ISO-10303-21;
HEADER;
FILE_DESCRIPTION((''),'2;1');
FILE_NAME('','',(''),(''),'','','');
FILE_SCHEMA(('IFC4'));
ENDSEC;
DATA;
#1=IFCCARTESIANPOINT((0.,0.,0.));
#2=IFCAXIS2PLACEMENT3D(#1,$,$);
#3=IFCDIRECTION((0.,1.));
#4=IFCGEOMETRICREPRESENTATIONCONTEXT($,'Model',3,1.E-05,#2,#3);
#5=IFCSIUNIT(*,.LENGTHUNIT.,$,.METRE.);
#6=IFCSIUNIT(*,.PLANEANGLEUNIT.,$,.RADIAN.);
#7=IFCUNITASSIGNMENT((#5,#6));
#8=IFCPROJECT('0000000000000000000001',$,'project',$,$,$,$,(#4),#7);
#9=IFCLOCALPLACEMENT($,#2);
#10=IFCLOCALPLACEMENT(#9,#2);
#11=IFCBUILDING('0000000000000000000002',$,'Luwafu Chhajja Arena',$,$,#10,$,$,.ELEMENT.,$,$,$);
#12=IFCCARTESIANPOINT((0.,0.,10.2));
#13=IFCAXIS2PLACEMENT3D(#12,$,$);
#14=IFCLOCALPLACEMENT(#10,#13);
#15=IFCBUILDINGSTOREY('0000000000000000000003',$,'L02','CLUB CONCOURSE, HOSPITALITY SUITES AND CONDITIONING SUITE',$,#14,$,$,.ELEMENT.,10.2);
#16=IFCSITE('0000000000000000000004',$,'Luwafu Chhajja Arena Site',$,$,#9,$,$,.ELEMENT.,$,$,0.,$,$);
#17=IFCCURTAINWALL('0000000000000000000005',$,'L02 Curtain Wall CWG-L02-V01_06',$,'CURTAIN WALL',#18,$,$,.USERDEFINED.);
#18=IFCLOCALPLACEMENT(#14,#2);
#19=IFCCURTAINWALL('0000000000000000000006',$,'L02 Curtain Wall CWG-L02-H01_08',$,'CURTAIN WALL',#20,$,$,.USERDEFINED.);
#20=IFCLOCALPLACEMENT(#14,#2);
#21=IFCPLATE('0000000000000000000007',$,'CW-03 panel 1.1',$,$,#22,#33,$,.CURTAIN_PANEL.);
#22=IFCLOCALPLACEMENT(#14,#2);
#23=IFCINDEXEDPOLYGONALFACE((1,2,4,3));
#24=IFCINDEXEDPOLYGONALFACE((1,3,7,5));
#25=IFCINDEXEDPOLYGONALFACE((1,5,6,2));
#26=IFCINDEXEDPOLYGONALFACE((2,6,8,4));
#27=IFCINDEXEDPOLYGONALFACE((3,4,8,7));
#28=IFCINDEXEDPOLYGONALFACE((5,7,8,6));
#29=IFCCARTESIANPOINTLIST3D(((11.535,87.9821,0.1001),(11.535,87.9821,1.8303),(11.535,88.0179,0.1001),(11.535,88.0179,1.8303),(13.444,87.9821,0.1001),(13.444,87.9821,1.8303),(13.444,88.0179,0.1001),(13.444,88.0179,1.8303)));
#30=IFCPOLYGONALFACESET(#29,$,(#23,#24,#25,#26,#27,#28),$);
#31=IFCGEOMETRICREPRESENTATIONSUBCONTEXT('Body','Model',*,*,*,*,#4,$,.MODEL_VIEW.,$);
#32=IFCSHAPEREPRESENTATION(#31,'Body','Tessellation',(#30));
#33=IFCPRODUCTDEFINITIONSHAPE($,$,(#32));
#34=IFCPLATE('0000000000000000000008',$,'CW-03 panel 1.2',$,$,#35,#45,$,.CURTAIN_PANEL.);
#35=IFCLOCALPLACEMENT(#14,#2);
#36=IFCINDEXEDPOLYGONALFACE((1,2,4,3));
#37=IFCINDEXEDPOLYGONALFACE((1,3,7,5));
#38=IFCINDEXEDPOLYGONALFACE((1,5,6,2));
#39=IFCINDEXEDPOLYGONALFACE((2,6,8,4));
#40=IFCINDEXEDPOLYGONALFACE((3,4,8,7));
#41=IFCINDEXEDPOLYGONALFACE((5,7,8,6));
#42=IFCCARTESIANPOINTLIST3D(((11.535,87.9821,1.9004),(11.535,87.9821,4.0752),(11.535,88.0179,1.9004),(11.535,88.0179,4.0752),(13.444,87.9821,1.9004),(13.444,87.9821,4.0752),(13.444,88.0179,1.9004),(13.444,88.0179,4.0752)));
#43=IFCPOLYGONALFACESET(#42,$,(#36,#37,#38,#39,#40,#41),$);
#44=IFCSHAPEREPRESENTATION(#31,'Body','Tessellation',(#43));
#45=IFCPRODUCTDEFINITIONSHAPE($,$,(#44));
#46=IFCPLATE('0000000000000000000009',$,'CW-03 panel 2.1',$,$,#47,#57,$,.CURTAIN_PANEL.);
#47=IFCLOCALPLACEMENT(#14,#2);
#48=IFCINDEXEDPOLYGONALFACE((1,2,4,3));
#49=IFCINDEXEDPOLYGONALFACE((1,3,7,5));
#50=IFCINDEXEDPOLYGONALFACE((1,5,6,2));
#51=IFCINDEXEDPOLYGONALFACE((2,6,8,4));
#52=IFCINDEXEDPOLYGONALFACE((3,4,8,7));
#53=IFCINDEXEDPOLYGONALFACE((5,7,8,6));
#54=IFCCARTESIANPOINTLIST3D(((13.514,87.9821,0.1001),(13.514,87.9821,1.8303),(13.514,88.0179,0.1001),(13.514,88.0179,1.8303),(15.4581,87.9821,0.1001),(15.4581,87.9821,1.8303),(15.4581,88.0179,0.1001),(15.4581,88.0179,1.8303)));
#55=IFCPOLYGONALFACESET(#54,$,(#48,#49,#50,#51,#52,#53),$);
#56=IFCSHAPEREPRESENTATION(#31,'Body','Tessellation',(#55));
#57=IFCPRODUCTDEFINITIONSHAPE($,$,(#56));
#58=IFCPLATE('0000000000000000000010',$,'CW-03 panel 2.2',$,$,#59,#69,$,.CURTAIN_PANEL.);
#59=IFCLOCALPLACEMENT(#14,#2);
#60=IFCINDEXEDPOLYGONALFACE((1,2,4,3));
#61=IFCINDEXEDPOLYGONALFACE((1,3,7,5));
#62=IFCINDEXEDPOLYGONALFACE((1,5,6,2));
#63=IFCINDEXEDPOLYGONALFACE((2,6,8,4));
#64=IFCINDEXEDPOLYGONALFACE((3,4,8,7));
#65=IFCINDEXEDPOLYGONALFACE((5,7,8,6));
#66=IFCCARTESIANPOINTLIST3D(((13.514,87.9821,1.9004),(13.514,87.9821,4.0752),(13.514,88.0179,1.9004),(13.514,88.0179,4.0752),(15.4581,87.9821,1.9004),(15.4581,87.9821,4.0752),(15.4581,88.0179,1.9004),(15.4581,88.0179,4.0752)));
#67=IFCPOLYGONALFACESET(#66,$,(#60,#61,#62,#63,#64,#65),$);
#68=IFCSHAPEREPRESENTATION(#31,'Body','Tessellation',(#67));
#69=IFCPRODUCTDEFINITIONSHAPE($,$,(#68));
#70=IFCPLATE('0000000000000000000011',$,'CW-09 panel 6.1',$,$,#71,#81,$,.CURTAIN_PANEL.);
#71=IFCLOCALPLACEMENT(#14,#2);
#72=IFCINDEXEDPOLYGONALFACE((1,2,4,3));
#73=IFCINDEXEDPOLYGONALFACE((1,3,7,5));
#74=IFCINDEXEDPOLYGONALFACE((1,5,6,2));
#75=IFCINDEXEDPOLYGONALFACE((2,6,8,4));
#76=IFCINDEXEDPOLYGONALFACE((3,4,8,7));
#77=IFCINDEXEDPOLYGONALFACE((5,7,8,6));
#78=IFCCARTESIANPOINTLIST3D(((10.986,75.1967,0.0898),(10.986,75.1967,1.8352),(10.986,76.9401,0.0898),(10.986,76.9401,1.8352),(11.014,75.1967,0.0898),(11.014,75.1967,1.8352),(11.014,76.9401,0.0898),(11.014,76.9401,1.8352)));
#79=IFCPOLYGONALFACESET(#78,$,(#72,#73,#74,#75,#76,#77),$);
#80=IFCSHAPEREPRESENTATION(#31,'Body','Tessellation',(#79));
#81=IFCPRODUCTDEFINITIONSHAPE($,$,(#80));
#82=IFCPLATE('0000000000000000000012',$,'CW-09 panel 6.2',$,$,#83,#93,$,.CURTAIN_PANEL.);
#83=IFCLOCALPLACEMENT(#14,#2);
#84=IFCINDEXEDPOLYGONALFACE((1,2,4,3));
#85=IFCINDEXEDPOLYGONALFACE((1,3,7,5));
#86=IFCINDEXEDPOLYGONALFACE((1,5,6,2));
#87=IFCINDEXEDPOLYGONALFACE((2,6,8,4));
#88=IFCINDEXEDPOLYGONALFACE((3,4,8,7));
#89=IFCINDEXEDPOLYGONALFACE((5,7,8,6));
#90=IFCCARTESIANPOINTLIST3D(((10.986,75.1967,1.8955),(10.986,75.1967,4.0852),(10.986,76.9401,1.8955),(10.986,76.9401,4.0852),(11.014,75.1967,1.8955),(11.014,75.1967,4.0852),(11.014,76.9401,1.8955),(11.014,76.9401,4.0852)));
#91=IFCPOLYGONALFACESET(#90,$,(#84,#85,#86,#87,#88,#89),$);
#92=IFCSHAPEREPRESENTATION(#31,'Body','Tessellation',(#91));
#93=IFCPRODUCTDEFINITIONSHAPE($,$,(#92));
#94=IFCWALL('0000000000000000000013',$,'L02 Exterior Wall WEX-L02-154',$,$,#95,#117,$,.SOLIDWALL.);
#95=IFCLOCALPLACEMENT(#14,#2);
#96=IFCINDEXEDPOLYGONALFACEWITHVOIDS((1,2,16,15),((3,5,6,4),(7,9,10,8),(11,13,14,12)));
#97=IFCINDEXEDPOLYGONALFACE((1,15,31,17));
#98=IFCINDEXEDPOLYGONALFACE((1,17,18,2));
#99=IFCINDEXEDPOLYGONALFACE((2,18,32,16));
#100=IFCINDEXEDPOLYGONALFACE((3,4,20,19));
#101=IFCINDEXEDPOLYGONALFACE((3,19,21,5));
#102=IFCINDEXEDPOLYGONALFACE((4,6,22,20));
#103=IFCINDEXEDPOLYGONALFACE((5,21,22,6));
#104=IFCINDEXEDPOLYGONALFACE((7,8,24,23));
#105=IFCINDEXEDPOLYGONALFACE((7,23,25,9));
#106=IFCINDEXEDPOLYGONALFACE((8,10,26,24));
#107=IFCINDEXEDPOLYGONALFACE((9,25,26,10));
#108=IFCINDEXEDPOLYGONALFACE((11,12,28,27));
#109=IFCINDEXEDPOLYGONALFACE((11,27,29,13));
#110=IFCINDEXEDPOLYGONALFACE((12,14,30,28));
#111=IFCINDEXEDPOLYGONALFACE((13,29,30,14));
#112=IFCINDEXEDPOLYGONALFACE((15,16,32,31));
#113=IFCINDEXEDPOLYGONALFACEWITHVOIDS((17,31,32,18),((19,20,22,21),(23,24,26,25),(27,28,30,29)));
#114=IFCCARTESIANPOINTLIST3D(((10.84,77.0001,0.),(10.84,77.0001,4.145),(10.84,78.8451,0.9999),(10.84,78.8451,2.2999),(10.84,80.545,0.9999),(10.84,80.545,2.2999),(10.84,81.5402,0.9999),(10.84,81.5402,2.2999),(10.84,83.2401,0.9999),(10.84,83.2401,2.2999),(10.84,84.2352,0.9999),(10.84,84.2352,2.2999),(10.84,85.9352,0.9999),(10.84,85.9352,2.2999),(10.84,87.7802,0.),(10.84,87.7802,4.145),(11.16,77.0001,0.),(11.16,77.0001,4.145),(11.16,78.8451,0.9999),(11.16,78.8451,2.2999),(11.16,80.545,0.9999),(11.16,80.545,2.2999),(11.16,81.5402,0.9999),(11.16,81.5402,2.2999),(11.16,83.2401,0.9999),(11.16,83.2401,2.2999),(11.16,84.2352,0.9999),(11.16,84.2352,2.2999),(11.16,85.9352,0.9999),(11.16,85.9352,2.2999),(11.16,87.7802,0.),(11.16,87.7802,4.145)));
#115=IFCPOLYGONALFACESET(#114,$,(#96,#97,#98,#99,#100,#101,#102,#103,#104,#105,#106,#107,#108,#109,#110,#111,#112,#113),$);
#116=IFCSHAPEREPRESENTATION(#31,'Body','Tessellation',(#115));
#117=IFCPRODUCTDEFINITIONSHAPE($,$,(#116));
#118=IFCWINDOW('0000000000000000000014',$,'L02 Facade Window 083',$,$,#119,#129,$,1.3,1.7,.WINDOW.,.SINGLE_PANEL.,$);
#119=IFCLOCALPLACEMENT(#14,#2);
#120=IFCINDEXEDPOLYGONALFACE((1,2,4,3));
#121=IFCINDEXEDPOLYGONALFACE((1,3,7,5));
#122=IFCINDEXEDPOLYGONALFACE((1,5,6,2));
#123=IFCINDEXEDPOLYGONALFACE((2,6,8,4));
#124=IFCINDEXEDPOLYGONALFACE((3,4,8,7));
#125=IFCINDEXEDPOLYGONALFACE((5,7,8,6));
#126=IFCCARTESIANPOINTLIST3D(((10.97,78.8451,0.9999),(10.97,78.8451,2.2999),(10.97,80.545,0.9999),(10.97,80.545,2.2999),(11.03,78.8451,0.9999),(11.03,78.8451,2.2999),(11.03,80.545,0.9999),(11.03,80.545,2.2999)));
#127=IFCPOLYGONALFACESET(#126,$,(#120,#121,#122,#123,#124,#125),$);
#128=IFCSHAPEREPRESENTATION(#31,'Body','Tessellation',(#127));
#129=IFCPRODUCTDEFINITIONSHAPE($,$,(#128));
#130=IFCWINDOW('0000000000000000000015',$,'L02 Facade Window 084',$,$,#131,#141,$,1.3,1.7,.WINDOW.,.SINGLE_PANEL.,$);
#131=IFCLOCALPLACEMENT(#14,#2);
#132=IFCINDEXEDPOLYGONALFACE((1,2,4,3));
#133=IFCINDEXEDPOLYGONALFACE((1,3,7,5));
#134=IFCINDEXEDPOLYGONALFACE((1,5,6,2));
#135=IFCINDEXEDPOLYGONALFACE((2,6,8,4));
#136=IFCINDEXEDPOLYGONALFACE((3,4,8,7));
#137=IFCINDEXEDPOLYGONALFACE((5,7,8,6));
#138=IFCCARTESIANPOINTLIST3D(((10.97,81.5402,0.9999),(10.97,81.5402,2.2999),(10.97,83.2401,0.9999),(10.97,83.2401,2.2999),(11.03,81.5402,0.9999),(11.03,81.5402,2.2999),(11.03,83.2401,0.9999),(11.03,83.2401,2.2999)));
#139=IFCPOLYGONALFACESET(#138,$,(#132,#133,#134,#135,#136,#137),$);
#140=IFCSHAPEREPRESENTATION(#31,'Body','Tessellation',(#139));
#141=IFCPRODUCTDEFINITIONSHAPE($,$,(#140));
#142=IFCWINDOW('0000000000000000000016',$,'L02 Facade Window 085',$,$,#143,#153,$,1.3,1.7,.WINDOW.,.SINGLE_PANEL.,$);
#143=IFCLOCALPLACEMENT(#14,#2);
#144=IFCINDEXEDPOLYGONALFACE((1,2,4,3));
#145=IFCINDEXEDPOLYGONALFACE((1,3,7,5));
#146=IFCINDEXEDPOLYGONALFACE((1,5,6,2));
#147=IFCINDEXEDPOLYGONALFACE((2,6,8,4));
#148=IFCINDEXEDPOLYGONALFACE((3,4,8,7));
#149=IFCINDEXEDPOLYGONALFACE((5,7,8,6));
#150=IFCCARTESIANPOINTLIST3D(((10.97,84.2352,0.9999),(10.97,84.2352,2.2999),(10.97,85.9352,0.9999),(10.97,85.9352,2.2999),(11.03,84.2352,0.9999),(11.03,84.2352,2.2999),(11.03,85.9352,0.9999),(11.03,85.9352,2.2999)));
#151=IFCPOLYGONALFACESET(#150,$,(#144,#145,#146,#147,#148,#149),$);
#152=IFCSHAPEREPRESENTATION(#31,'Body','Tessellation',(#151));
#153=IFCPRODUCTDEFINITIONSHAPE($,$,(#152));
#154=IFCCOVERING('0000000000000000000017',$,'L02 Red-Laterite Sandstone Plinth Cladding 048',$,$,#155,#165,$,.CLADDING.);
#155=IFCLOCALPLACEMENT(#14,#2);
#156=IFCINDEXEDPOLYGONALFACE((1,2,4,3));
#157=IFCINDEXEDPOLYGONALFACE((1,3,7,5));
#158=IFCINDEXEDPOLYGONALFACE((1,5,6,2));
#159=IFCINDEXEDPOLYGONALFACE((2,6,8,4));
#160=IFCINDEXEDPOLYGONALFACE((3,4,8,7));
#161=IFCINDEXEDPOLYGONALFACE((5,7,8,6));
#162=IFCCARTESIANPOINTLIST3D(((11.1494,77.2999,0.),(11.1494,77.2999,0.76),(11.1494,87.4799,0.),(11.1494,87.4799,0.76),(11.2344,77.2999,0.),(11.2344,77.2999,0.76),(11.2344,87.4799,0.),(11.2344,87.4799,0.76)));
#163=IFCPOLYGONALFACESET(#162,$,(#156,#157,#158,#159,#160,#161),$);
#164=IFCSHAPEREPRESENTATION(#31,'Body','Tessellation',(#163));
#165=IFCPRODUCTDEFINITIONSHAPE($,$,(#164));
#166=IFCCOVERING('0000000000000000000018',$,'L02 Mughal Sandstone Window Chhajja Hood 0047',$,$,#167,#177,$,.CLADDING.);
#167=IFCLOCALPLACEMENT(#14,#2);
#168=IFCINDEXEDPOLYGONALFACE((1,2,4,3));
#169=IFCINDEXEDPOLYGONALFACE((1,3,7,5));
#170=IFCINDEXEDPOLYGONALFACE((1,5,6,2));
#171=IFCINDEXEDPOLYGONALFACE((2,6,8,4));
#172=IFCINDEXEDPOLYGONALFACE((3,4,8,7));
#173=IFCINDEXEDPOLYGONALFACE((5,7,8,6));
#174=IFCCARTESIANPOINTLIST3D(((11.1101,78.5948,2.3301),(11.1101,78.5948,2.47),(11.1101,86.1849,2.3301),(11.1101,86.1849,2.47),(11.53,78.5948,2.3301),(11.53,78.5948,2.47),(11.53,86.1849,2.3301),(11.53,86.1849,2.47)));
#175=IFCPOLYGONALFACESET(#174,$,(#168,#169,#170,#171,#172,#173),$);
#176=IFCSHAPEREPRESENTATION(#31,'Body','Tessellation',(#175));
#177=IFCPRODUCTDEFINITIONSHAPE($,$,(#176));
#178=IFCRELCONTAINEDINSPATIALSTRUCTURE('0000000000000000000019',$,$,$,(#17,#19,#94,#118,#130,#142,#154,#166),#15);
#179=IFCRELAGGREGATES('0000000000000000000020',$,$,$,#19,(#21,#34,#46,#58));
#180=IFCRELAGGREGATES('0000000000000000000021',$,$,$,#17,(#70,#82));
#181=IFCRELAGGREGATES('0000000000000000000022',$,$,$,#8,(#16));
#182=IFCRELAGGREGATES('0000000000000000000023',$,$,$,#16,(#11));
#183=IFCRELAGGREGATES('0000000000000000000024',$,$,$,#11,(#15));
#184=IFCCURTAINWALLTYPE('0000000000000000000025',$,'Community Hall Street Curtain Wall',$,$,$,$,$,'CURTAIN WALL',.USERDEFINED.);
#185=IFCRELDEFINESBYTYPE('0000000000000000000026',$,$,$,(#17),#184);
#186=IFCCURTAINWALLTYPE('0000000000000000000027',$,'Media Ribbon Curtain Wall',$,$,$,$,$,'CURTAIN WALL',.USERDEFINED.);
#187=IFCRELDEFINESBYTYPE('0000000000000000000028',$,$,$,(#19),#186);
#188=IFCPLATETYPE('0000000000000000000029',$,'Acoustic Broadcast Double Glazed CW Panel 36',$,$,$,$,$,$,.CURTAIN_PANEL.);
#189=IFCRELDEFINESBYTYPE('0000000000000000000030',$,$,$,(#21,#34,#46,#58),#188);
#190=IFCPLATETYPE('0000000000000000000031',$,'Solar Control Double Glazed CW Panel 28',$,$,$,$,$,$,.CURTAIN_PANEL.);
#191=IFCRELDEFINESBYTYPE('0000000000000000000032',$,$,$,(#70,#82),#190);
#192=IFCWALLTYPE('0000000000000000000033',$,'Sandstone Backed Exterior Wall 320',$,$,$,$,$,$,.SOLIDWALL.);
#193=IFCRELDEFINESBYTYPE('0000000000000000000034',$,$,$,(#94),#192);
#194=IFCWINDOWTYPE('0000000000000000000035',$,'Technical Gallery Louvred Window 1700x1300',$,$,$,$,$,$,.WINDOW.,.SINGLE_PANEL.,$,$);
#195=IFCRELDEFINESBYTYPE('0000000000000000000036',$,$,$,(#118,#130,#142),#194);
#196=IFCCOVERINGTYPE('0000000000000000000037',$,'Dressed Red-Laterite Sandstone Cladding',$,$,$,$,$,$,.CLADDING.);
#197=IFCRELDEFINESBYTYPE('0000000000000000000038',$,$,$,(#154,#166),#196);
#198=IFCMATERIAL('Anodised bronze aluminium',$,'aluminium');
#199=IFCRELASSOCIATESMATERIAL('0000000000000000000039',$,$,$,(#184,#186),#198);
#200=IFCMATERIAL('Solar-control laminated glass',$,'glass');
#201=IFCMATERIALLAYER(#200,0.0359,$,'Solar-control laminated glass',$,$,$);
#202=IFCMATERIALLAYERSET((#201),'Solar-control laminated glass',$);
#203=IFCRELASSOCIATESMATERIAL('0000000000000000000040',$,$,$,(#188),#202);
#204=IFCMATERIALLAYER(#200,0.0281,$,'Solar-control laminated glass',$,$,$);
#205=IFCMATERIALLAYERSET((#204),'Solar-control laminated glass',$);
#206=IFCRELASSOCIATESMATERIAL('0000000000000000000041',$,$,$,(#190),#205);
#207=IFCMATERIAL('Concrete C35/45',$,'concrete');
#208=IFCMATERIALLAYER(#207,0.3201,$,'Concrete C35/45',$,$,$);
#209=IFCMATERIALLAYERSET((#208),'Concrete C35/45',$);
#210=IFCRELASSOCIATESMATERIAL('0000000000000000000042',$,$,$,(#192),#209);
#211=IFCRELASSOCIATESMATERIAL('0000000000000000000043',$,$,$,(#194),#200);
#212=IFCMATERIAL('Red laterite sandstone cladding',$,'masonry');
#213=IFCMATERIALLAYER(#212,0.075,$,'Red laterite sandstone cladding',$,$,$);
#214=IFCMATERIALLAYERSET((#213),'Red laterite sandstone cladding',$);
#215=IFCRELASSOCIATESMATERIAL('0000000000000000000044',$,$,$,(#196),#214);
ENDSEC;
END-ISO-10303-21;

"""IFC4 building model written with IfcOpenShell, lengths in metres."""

from ifc_helpers import new_model, si_unit, direction, frame, frame_2d, origin, origin_2d, place, context, subcontext, project, spatial, rectangle, extrude, material, layer, layer_set, type_object, element, fill, aggregate, save


model = new_model("IFC4")

# Units and contexts
model_context = context("Model", 3, precision=1e-05, world=origin(), true_north=direction((0.0, 1.0)))
body_context = subcontext(model_context, "Body", "Model", "MODEL_VIEW")
ifc_project = project(units=[si_unit("LENGTHUNIT", "METRE"), si_unit("PLANEANGLEUNIT", "RADIAN")], contexts=[model_context])

# Site, building, storey
site_placement = place(None, origin())
site = spatial("IfcSite", under=ifc_project, at=site_placement, Name="Luwafu Chhajja Arena Site", CompositionType="ELEMENT", RefElevation=0.0)
building_placement = place(site_placement, origin())
building = spatial("IfcBuilding", under=site, at=building_placement, Name="Luwafu Chhajja Arena", CompositionType="ELEMENT")
storey_placement = place(building_placement, frame((0.0, 0.0, 10.2)))
storey = spatial("IfcBuildingStorey", under=building, at=storey_placement, Name="L02", Description="CLUB CONCOURSE, HOSPITALITY SUITES AND CONDITIONING SUITE", CompositionType="ELEMENT", Elevation=10.2)

# Shared definitions
ifc_material_1 = material(Name="Concrete C35/45", Category="concrete")

# Curtain wall
ifc_material_2 = material(Name="Anodised bronze aluminium", Category="aluminium")
curtain_wall_type_1 = type_object("IfcCurtainWallType", Name="Community Hall Street Curtain Wall", ElementType="CURTAIN WALL", PredefinedType="USERDEFINED", material=ifc_material_2)
curtain_wall_1_placement = place(storey_placement, origin())
curtain_wall_1 = element("IfcCurtainWall", 1, at=curtain_wall_1_placement, inside=storey, type_object=curtain_wall_type_1, Name="L02 Curtain Wall CWG-L02-V01_06", ObjectType="CURTAIN WALL", PredefinedType="USERDEFINED")

# Curtain wall
curtain_wall_type_2 = type_object("IfcCurtainWallType", Name="Media Ribbon Curtain Wall", ElementType="CURTAIN WALL", PredefinedType="USERDEFINED", material=ifc_material_2)
curtain_wall_2_placement = place(storey_placement, origin())
curtain_wall_2 = element("IfcCurtainWall", 2, at=curtain_wall_2_placement, inside=storey, type_object=curtain_wall_type_2, Name="L02 Curtain Wall CWG-L02-H01_08", ObjectType="CURTAIN WALL", PredefinedType="USERDEFINED")

# Plates
ifc_material_3 = material(Name="Solar-control laminated glass", Category="glass")
ifc_layer_1 = layer(ifc_material_3, 0.0359, Name="Solar-control laminated glass")
ifc_layer_set_1 = layer_set([ifc_layer_1], Name="Solar-control laminated glass")
plate_type_1 = type_object("IfcPlateType", Name="Acoustic Broadcast Double Glazed CW Panel 36", PredefinedType="CURTAIN_PANEL", material=ifc_layer_set_1)
plate_1_placement = place(storey_placement, frame((12.4895, 88.0, 0.1001), z_axis=(0.0, 0.0, 1.0), x_axis=(1.0, 0.0, 0.0)))
plate_1 = element("IfcPlate", 3, at=plate_1_placement, type_object=plate_type_1, Name="CW-03 panel 1.1", PredefinedType="CURTAIN_PANEL", context=body_context, shape_type="SweptSolid", body=[
    extrude(rectangle(XDim=1.9089, YDim=0.0359, at=origin_2d()), origin(), (0.0, 0.0, 1.0), 1.7302),
])
plate_2_placement = place(storey_placement, frame((12.4895, 88.0, 1.9004), z_axis=(0.0, 0.0, 1.0), x_axis=(1.0, 0.0, 0.0)))
plate_2 = element("IfcPlate", 4, at=plate_2_placement, type_object=plate_type_1, Name="CW-03 panel 1.2", PredefinedType="CURTAIN_PANEL", context=body_context, shape_type="SweptSolid", body=[
    extrude(rectangle(XDim=1.9089, YDim=0.0359, at=origin_2d()), origin(), (0.0, 0.0, 1.0), 2.1748),
])
plate_3_placement = place(storey_placement, frame((14.4861, 88.0, 0.1001), z_axis=(0.0, 0.0, 1.0), x_axis=(1.0, 0.0, 0.0)))
plate_3 = element("IfcPlate", 5, at=plate_3_placement, type_object=plate_type_1, Name="CW-03 panel 2.1", PredefinedType="CURTAIN_PANEL", context=body_context, shape_type="SweptSolid", body=[
    extrude(rectangle(XDim=1.9441, YDim=0.0359, at=origin_2d()), origin(), (0.0, 0.0, 1.0), 1.7302),
])
plate_4_placement = place(storey_placement, frame((14.4861, 88.0, 1.9004), z_axis=(0.0, 0.0, 1.0), x_axis=(1.0, 0.0, 0.0)))
plate_4 = element("IfcPlate", 6, at=plate_4_placement, type_object=plate_type_1, Name="CW-03 panel 2.2", PredefinedType="CURTAIN_PANEL", context=body_context, shape_type="SweptSolid", body=[
    extrude(rectangle(XDim=1.9441, YDim=0.0359, at=origin_2d()), origin(), (0.0, 0.0, 1.0), 2.1748),
])
aggregate(curtain_wall_2, [plate_1, plate_2, plate_3, plate_4])
ifc_layer_2 = layer(ifc_material_3, 0.0281, Name="Solar-control laminated glass")
ifc_layer_set_2 = layer_set([ifc_layer_2], Name="Solar-control laminated glass")
plate_type_2 = type_object("IfcPlateType", Name="Solar Control Double Glazed CW Panel 28", PredefinedType="CURTAIN_PANEL", material=ifc_layer_set_2)
plate_5_placement = place(storey_placement, frame((11.0, 76.0684, 0.0898), z_axis=(0.0, 0.0, 1.0), x_axis=(0.0, 1.0, 0.0)))
plate_5 = element("IfcPlate", 7, at=plate_5_placement, type_object=plate_type_2, Name="CW-09 panel 6.1", PredefinedType="CURTAIN_PANEL", context=body_context, shape_type="SweptSolid", body=[
    extrude(rectangle(XDim=1.7434, YDim=0.0281, at=origin_2d()), origin(), (0.0, 0.0, 1.0), 1.7454),
])
plate_6_placement = place(storey_placement, frame((11.0, 76.0684, 1.8955), z_axis=(0.0, 0.0, 1.0), x_axis=(0.0, 1.0, 0.0)))
plate_6 = element("IfcPlate", 8, at=plate_6_placement, type_object=plate_type_2, Name="CW-09 panel 6.2", PredefinedType="CURTAIN_PANEL", context=body_context, shape_type="SweptSolid", body=[
    extrude(rectangle(XDim=1.7434, YDim=0.0281, at=origin_2d()), origin(), (0.0, 0.0, 1.0), 2.1897),
])
aggregate(curtain_wall_1, [plate_5, plate_6])

# Wall, openings, windows
ifc_layer_3 = layer(ifc_material_1, 0.3201, Name="Concrete C35/45")
ifc_layer_set_3 = layer_set([ifc_layer_3], Name="Concrete C35/45")
wall_type = type_object("IfcWallType", Name="Sandstone Backed Exterior Wall 320", PredefinedType="SOLIDWALL", material=ifc_layer_set_3)
wall_placement = place(storey_placement, frame((11.0, 77.0, 0.0), z_axis=(0.0, 0.0, 1.0), x_axis=(0.0, 1.0, 0.0)))
wall = element("IfcWall", 9, at=wall_placement, inside=storey, type_object=wall_type, Name="L02 Exterior Wall WEX-L02-154", PredefinedType="SOLIDWALL", context=body_context, shape_type="SweptSolid", body=[
    extrude(rectangle(XDim=10.78, YDim=0.3201, at=frame_2d((5.3901, 0.0))), origin(), (0.0, 0.0, 1.0), 4.145),
])
opening_1_placement = place(wall_placement, frame((1.845, 0.0, 1.0)))
opening_1 = element("IfcOpeningElement", 10, at=opening_1_placement, cuts=wall, PredefinedType="OPENING", context=body_context, shape_type="SweptSolid", body=[
    extrude(rectangle(XDim=1.7, YDim=1.3, at=frame_2d((0.8501, 0.6499))), frame((0.0, 0.1699, 0.0), z_axis=(0.0, -1.0, 0.0), x_axis=(1.0, 0.0, 0.0)), (0.0, 0.0, 1.0), 0.3401),
])
opening_2_placement = place(wall_placement, frame((4.54, 0.0, 1.0)))
opening_2 = element("IfcOpeningElement", 11, at=opening_2_placement, cuts=wall, PredefinedType="OPENING", context=body_context, shape_type="SweptSolid", body=[
    extrude(rectangle(XDim=1.7, YDim=1.3, at=frame_2d((0.8501, 0.6499))), frame((0.0, 0.1699, 0.0), z_axis=(0.0, -1.0, 0.0), x_axis=(1.0, 0.0, 0.0)), (0.0, 0.0, 1.0), 0.3401),
])
opening_3_placement = place(wall_placement, frame((7.2351, 0.0, 1.0)))
opening_3 = element("IfcOpeningElement", 12, at=opening_3_placement, cuts=wall, PredefinedType="OPENING", context=body_context, shape_type="SweptSolid", body=[
    extrude(rectangle(XDim=1.7, YDim=1.3, at=frame_2d((0.8501, 0.6499))), frame((0.0, 0.1699, 0.0), z_axis=(0.0, -1.0, 0.0), x_axis=(1.0, 0.0, 0.0)), (0.0, 0.0, 1.0), 0.3401),
])
window_type = type_object("IfcWindowType", Name="Technical Gallery Louvred Window 1700x1300", PartitioningType="SINGLE_PANEL", PredefinedType="WINDOW", material=ifc_material_3)
window_1_placement = place(opening_1_placement, origin())
window_1 = element("IfcWindow", 13, at=window_1_placement, inside=storey, type_object=window_type, Name="L02 Facade Window 083", OverallHeight=1.3, OverallWidth=1.7, PartitioningType="SINGLE_PANEL", PredefinedType="WINDOW", context=body_context, shape_type="SweptSolid", body=[
    extrude(rectangle(XDim=1.7, YDim=1.3, at=frame_2d((0.8501, 0.6499))), frame((0.0, 0.03, 0.0), z_axis=(0.0, -1.0, 0.0), x_axis=(1.0, 0.0, 0.0)), (0.0, 0.0, 1.0), 0.0601),
])
fill(opening_1, window_1)
window_2_placement = place(opening_2_placement, origin())
window_2 = element("IfcWindow", 14, at=window_2_placement, inside=storey, type_object=window_type, Name="L02 Facade Window 084", OverallHeight=1.3, OverallWidth=1.7, PartitioningType="SINGLE_PANEL", PredefinedType="WINDOW", context=body_context, shape_type="SweptSolid", body=[
    extrude(rectangle(XDim=1.7, YDim=1.3, at=frame_2d((0.8501, 0.6499))), frame((0.0, 0.03, 0.0), z_axis=(0.0, -1.0, 0.0), x_axis=(1.0, 0.0, 0.0)), (0.0, 0.0, 1.0), 0.0601),
])
fill(opening_2, window_2)
window_3_placement = place(opening_3_placement, origin())
window_3 = element("IfcWindow", 15, at=window_3_placement, inside=storey, type_object=window_type, Name="L02 Facade Window 085", OverallHeight=1.3, OverallWidth=1.7, PartitioningType="SINGLE_PANEL", PredefinedType="WINDOW", context=body_context, shape_type="SweptSolid", body=[
    extrude(rectangle(XDim=1.7, YDim=1.3, at=frame_2d((0.8501, 0.6499))), frame((0.0, 0.03, 0.0), z_axis=(0.0, -1.0, 0.0), x_axis=(1.0, 0.0, 0.0)), (0.0, 0.0, 1.0), 0.0601),
])
fill(opening_3, window_3)

# Coverings
ifc_material_4 = material(Name="Red laterite sandstone cladding", Category="masonry")
ifc_layer_4 = layer(ifc_material_4, 0.075, Name="Red laterite sandstone cladding")
ifc_layer_set_4 = layer_set([ifc_layer_4], Name="Red laterite sandstone cladding")
covering_type = type_object("IfcCoveringType", Name="Dressed Red-Laterite Sandstone Cladding", PredefinedType="CLADDING", material=ifc_layer_set_4)
covering_1_placement = place(storey_placement, frame((11.1919, 82.3899, 0.0), z_axis=(0.0, 0.0, 1.0), x_axis=(0.0, 1.0, 0.0)))
element("IfcCovering", 16, at=covering_1_placement, inside=storey, type_object=covering_type, Name="L02 Red-Laterite Sandstone Plinth Cladding 048", PredefinedType="CLADDING", context=body_context, shape_type="SweptSolid", body=[
    extrude(rectangle(XDim=10.1799, YDim=0.085, at=origin_2d()), origin(), (0.0, 0.0, 1.0), 0.76),
])
covering_2_placement = place(storey_placement, frame((11.3201, 82.3899, 2.3301), z_axis=(0.0, 0.0, 1.0), x_axis=(0.0, 1.0, 0.0)))
element("IfcCovering", 17, at=covering_2_placement, inside=storey, type_object=covering_type, Name="L02 Mughal Sandstone Window Chhajja Hood 0047", PredefinedType="CLADDING", context=body_context, shape_type="SweptSolid", body=[
    extrude(rectangle(XDim=7.5901, YDim=0.4199, at=origin_2d()), origin(), (0.0, 0.0, 1.0), 0.1399),
])

save(model, "model.ifc")
